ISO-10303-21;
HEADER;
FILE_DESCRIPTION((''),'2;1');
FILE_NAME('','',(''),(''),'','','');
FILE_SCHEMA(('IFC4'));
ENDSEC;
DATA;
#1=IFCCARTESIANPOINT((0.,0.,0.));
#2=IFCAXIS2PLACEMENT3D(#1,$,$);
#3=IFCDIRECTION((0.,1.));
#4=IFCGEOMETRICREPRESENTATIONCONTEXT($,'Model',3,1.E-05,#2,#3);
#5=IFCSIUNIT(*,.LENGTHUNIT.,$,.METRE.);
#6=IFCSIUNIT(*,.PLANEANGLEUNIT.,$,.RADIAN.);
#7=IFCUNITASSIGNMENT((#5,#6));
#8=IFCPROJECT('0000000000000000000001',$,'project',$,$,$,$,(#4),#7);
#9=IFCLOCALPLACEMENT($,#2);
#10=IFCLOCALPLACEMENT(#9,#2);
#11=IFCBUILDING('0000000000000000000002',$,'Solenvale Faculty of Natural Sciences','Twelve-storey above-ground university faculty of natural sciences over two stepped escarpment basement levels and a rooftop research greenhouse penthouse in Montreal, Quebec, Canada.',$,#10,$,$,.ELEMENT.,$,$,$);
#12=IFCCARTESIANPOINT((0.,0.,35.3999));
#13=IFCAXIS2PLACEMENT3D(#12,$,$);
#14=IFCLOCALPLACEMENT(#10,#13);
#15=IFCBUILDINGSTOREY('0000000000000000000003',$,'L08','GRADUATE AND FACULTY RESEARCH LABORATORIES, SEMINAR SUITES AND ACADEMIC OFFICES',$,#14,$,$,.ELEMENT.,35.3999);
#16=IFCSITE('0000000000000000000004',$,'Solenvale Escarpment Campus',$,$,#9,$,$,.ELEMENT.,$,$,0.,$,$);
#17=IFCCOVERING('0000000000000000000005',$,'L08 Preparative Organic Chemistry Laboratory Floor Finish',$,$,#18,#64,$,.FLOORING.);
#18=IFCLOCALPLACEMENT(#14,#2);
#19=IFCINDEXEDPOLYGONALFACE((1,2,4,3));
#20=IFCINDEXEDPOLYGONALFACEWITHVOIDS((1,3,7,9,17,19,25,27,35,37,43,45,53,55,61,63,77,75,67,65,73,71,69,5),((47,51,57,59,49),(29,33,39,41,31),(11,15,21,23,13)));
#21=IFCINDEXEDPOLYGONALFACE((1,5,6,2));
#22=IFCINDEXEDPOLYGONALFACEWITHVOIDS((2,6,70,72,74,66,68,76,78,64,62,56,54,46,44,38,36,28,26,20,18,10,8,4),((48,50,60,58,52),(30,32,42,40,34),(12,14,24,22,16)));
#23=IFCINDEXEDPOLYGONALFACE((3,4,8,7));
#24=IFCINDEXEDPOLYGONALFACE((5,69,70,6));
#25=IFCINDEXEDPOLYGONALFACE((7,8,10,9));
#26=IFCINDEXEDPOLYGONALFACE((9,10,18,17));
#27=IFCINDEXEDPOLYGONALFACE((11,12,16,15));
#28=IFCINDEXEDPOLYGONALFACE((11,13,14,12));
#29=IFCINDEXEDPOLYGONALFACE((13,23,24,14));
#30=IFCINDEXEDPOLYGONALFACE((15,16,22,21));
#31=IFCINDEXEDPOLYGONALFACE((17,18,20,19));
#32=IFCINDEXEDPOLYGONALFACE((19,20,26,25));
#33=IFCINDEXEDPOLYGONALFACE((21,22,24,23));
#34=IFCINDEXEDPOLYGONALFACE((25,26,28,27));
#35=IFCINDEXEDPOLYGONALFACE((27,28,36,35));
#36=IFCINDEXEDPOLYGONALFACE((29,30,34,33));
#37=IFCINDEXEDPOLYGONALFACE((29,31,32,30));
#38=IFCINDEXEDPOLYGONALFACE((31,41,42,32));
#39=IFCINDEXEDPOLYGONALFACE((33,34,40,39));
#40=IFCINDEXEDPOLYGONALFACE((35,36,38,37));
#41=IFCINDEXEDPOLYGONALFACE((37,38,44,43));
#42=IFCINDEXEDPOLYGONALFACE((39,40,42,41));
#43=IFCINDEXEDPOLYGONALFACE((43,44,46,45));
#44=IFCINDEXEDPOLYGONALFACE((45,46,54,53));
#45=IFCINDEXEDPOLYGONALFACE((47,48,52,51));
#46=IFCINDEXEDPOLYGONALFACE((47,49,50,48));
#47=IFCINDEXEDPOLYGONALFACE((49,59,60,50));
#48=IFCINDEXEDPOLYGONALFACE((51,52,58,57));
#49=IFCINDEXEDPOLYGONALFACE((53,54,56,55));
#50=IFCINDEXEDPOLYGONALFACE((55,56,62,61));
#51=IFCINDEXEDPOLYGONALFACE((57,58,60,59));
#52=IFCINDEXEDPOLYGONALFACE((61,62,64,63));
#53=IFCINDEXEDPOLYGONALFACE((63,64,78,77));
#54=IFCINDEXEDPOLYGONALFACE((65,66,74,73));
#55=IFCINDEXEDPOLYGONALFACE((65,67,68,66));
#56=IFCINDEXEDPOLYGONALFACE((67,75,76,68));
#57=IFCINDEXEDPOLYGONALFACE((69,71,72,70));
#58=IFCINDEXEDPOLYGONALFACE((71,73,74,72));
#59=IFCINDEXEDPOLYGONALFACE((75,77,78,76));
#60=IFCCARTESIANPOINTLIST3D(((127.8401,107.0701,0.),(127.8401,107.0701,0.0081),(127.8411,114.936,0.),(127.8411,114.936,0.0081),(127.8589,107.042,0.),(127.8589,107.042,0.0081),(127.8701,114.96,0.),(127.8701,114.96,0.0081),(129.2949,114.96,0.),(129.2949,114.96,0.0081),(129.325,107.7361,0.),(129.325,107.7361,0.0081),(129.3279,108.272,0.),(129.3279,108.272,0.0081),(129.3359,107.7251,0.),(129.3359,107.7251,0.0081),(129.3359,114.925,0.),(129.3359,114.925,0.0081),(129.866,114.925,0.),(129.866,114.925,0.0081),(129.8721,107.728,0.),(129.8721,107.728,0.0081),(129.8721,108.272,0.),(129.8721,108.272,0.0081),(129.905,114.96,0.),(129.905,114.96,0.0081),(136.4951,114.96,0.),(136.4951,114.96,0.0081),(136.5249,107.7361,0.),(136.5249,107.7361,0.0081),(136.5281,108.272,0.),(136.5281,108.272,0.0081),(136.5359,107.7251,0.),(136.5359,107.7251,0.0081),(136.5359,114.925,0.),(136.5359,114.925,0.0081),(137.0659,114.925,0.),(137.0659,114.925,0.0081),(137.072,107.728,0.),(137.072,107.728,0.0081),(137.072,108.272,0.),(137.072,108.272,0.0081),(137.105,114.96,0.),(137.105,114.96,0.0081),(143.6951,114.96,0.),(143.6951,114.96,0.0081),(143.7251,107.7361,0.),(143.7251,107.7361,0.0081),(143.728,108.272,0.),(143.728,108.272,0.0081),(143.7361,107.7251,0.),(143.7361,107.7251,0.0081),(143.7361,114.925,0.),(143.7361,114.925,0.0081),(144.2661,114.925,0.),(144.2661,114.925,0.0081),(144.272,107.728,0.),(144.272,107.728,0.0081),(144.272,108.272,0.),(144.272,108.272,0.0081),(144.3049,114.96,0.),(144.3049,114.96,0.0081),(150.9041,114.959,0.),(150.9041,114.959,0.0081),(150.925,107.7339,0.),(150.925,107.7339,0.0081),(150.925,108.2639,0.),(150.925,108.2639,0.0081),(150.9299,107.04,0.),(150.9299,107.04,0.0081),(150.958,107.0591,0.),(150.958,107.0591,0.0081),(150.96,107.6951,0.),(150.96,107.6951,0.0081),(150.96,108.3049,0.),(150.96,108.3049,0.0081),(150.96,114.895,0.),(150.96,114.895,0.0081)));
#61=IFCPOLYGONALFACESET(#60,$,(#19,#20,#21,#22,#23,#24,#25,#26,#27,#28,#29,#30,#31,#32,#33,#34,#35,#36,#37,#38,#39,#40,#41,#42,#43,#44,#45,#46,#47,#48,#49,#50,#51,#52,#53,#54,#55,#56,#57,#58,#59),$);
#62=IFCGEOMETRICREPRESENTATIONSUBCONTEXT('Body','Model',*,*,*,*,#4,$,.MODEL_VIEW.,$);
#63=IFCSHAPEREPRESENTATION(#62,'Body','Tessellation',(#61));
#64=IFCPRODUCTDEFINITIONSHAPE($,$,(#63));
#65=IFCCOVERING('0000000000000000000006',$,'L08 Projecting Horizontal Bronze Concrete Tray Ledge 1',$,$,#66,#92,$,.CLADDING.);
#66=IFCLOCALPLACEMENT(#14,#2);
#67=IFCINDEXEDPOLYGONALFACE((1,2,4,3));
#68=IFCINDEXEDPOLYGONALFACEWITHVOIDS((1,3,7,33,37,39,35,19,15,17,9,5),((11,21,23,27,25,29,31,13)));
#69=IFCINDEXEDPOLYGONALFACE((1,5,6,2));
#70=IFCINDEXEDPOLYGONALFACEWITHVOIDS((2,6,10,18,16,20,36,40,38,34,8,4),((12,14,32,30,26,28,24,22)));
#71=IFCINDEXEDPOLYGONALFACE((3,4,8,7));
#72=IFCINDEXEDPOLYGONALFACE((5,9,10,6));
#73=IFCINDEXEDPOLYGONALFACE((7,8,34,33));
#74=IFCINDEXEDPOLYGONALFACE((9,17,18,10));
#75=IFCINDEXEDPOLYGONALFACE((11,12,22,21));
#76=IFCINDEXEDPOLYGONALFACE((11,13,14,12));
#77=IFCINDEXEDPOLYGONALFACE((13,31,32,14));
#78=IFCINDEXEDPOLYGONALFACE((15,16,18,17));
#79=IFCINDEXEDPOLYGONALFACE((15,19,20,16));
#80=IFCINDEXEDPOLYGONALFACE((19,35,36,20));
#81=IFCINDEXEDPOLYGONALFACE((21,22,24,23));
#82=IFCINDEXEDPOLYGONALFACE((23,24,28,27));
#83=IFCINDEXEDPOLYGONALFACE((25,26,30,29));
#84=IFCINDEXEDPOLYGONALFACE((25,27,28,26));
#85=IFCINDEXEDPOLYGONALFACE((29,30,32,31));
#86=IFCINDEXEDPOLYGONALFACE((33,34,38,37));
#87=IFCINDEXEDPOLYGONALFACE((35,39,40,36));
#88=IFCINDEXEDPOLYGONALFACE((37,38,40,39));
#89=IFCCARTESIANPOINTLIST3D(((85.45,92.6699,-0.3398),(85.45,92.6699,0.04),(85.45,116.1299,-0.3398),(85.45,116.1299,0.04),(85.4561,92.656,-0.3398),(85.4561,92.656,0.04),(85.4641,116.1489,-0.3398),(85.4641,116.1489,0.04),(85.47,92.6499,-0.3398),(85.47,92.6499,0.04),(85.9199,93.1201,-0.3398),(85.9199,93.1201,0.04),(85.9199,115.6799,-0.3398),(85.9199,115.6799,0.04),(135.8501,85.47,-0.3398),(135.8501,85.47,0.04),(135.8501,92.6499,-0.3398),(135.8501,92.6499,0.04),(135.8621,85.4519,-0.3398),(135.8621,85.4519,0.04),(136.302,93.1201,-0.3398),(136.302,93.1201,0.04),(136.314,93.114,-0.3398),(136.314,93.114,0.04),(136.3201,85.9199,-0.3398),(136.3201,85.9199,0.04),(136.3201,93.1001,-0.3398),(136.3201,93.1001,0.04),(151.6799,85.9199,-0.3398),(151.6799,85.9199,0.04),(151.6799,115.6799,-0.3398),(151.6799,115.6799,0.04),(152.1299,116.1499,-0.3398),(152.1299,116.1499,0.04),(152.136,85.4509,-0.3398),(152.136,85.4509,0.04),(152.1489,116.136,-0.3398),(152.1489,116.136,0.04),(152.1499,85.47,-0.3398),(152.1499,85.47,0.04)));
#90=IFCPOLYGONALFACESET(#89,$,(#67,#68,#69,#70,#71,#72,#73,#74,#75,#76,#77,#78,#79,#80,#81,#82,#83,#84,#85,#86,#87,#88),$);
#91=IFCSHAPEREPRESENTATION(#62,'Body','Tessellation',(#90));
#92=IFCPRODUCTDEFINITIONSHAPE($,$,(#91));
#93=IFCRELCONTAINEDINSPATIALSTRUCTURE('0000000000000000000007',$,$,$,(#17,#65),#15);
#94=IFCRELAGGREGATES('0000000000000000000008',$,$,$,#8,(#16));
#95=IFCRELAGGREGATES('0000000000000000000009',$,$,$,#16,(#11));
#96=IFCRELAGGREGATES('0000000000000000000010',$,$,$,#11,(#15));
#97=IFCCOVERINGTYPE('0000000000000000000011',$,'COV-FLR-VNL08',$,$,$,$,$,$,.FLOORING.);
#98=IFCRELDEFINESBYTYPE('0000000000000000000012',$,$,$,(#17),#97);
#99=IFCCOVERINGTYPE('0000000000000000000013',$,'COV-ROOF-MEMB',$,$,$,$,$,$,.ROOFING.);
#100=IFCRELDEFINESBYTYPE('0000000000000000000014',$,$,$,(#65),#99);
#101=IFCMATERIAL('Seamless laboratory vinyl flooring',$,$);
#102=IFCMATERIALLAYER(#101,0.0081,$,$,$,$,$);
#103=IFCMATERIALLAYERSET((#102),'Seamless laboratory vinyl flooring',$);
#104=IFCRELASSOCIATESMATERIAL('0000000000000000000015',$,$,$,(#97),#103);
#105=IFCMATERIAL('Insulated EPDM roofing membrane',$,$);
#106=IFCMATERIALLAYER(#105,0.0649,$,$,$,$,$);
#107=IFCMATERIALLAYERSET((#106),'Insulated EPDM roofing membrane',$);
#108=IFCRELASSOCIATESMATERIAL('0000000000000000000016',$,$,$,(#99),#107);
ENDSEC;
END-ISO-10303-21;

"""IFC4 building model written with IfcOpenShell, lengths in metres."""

from ifc_helpers import new_model, si_unit, direction, frame, origin, place, context, subcontext, project, spatial, polyline, outline, extrude, material, layer, layer_set, type_object, element, save


model = new_model("IFC4")

# Units and contexts
model_context = context("Model", 3, precision=1e-05, world=origin(), true_north=direction((0.0, 1.0)))
body_context = subcontext(model_context, "Body", "Model", "MODEL_VIEW")
ifc_project = project(units=[si_unit("LENGTHUNIT", "METRE"), si_unit("PLANEANGLEUNIT", "RADIAN")], contexts=[model_context])

# Site, building, storey
site_placement = place(None, origin())
site = spatial("IfcSite", under=ifc_project, at=site_placement, Name="Solenvale Escarpment Campus", CompositionType="ELEMENT", RefElevation=0.0)
building_placement = place(site_placement, origin())
building = spatial("IfcBuilding", under=site, at=building_placement, Name="Solenvale Faculty of Natural Sciences", Description="Twelve-storey above-ground university faculty of natural sciences over two stepped escarpment basement levels and a rooftop research greenhouse penthouse in Montreal, Quebec, Canada.", CompositionType="ELEMENT")
storey_placement = place(building_placement, frame((0.0, 0.0, 35.3999)))
storey = spatial("IfcBuildingStorey", under=building, at=storey_placement, Name="L08", Description="GRADUATE AND FACULTY RESEARCH LABORATORIES, SEMINAR SUITES AND ACADEMIC OFFICES", CompositionType="ELEMENT", Elevation=35.3999)

# Coverings
ifc_material_1 = material(Name="Seamless laboratory vinyl flooring")
ifc_layer_1 = layer(ifc_material_1, 0.0081)
ifc_layer_set_1 = layer_set([ifc_layer_1], Name="Seamless laboratory vinyl flooring")
covering_type_1 = type_object("IfcCoveringType", Name="COV-FLR-VNL08", PredefinedType="FLOORING", material=ifc_layer_set_1)
covering_1_placement = place(storey_placement, origin())
element("IfcCovering", 1, at=covering_1_placement, inside=storey, type_object=covering_type_1, Name="L08 Preparative Organic Chemistry Laboratory Floor Finish", PredefinedType="FLOORING", context=body_context, shape_type="SweptSolid", body=[
    extrude(outline(polyline([(129.2949, 114.96), (129.3359, 114.925), (129.866, 114.925), (129.905, 114.96), (136.4951, 114.96), (136.5359, 114.925), (137.0659, 114.925), (137.105, 114.96), (143.6951, 114.96), (143.7361, 114.925), (144.2661, 114.925), (144.3049, 114.96), (150.9041, 114.959), (150.96, 114.895), (150.96, 108.3049), (150.925, 108.2639), (150.925, 107.7339), (150.96, 107.6951), (150.958, 107.0591), (150.9299, 107.04), (127.8589, 107.042), (127.8401, 107.0701), (127.8411, 114.936), (127.8701, 114.96), (129.2949, 114.96)]), holes=[polyline([(143.7251, 107.7361), (143.7361, 107.7251), (144.272, 107.728), (144.272, 108.272), (143.728, 108.272), (143.7251, 107.7361)]), polyline([(136.5249, 107.7361), (136.5359, 107.7251), (137.072, 107.728), (137.072, 108.272), (136.5281, 108.272), (136.5249, 107.7361)]), polyline([(129.325, 107.7361), (129.3359, 107.7251), (129.8721, 107.728), (129.8721, 108.272), (129.3279, 108.272), (129.325, 107.7361)])]), origin(), (0.0, 0.0, 1.0), 0.0081),
])
ifc_material_2 = material(Name="Insulated EPDM roofing membrane")
ifc_layer_2 = layer(ifc_material_2, 0.0649)
ifc_layer_set_2 = layer_set([ifc_layer_2], Name="Insulated EPDM roofing membrane")
covering_type_2 = type_object("IfcCoveringType", Name="COV-ROOF-MEMB", PredefinedType="ROOFING", material=ifc_layer_set_2)
covering_2_placement = place(storey_placement, frame((0.0, 0.0, -0.3398)))
element("IfcCovering", 2, at=covering_2_placement, inside=storey, type_object=covering_type_2, Name="L08 Projecting Horizontal Bronze Concrete Tray Ledge 1", PredefinedType="CLADDING", context=body_context, shape_type="SweptSolid", body=[
    extrude(outline(polyline([(85.47, 92.6499), (85.4561, 92.656), (85.45, 92.6699), (85.45, 116.1299), (85.4641, 116.1489), (152.1299, 116.1499), (152.1489, 116.136), (152.1499, 85.47), (152.136, 85.4509), (135.8621, 85.4519), (135.8501, 85.47), (135.8501, 92.6499), (85.47, 92.6499)]), holes=[polyline([(85.9199, 93.1201), (136.302, 93.1201), (136.314, 93.114), (136.3201, 93.1001), (136.3201, 85.9199), (151.6799, 85.9199), (151.6799, 115.6799), (85.9199, 115.6799), (85.9199, 93.1201)])]), origin(), (0.0, 0.0, 1.0), 0.3799),
])

save(model, "model.ifc")
